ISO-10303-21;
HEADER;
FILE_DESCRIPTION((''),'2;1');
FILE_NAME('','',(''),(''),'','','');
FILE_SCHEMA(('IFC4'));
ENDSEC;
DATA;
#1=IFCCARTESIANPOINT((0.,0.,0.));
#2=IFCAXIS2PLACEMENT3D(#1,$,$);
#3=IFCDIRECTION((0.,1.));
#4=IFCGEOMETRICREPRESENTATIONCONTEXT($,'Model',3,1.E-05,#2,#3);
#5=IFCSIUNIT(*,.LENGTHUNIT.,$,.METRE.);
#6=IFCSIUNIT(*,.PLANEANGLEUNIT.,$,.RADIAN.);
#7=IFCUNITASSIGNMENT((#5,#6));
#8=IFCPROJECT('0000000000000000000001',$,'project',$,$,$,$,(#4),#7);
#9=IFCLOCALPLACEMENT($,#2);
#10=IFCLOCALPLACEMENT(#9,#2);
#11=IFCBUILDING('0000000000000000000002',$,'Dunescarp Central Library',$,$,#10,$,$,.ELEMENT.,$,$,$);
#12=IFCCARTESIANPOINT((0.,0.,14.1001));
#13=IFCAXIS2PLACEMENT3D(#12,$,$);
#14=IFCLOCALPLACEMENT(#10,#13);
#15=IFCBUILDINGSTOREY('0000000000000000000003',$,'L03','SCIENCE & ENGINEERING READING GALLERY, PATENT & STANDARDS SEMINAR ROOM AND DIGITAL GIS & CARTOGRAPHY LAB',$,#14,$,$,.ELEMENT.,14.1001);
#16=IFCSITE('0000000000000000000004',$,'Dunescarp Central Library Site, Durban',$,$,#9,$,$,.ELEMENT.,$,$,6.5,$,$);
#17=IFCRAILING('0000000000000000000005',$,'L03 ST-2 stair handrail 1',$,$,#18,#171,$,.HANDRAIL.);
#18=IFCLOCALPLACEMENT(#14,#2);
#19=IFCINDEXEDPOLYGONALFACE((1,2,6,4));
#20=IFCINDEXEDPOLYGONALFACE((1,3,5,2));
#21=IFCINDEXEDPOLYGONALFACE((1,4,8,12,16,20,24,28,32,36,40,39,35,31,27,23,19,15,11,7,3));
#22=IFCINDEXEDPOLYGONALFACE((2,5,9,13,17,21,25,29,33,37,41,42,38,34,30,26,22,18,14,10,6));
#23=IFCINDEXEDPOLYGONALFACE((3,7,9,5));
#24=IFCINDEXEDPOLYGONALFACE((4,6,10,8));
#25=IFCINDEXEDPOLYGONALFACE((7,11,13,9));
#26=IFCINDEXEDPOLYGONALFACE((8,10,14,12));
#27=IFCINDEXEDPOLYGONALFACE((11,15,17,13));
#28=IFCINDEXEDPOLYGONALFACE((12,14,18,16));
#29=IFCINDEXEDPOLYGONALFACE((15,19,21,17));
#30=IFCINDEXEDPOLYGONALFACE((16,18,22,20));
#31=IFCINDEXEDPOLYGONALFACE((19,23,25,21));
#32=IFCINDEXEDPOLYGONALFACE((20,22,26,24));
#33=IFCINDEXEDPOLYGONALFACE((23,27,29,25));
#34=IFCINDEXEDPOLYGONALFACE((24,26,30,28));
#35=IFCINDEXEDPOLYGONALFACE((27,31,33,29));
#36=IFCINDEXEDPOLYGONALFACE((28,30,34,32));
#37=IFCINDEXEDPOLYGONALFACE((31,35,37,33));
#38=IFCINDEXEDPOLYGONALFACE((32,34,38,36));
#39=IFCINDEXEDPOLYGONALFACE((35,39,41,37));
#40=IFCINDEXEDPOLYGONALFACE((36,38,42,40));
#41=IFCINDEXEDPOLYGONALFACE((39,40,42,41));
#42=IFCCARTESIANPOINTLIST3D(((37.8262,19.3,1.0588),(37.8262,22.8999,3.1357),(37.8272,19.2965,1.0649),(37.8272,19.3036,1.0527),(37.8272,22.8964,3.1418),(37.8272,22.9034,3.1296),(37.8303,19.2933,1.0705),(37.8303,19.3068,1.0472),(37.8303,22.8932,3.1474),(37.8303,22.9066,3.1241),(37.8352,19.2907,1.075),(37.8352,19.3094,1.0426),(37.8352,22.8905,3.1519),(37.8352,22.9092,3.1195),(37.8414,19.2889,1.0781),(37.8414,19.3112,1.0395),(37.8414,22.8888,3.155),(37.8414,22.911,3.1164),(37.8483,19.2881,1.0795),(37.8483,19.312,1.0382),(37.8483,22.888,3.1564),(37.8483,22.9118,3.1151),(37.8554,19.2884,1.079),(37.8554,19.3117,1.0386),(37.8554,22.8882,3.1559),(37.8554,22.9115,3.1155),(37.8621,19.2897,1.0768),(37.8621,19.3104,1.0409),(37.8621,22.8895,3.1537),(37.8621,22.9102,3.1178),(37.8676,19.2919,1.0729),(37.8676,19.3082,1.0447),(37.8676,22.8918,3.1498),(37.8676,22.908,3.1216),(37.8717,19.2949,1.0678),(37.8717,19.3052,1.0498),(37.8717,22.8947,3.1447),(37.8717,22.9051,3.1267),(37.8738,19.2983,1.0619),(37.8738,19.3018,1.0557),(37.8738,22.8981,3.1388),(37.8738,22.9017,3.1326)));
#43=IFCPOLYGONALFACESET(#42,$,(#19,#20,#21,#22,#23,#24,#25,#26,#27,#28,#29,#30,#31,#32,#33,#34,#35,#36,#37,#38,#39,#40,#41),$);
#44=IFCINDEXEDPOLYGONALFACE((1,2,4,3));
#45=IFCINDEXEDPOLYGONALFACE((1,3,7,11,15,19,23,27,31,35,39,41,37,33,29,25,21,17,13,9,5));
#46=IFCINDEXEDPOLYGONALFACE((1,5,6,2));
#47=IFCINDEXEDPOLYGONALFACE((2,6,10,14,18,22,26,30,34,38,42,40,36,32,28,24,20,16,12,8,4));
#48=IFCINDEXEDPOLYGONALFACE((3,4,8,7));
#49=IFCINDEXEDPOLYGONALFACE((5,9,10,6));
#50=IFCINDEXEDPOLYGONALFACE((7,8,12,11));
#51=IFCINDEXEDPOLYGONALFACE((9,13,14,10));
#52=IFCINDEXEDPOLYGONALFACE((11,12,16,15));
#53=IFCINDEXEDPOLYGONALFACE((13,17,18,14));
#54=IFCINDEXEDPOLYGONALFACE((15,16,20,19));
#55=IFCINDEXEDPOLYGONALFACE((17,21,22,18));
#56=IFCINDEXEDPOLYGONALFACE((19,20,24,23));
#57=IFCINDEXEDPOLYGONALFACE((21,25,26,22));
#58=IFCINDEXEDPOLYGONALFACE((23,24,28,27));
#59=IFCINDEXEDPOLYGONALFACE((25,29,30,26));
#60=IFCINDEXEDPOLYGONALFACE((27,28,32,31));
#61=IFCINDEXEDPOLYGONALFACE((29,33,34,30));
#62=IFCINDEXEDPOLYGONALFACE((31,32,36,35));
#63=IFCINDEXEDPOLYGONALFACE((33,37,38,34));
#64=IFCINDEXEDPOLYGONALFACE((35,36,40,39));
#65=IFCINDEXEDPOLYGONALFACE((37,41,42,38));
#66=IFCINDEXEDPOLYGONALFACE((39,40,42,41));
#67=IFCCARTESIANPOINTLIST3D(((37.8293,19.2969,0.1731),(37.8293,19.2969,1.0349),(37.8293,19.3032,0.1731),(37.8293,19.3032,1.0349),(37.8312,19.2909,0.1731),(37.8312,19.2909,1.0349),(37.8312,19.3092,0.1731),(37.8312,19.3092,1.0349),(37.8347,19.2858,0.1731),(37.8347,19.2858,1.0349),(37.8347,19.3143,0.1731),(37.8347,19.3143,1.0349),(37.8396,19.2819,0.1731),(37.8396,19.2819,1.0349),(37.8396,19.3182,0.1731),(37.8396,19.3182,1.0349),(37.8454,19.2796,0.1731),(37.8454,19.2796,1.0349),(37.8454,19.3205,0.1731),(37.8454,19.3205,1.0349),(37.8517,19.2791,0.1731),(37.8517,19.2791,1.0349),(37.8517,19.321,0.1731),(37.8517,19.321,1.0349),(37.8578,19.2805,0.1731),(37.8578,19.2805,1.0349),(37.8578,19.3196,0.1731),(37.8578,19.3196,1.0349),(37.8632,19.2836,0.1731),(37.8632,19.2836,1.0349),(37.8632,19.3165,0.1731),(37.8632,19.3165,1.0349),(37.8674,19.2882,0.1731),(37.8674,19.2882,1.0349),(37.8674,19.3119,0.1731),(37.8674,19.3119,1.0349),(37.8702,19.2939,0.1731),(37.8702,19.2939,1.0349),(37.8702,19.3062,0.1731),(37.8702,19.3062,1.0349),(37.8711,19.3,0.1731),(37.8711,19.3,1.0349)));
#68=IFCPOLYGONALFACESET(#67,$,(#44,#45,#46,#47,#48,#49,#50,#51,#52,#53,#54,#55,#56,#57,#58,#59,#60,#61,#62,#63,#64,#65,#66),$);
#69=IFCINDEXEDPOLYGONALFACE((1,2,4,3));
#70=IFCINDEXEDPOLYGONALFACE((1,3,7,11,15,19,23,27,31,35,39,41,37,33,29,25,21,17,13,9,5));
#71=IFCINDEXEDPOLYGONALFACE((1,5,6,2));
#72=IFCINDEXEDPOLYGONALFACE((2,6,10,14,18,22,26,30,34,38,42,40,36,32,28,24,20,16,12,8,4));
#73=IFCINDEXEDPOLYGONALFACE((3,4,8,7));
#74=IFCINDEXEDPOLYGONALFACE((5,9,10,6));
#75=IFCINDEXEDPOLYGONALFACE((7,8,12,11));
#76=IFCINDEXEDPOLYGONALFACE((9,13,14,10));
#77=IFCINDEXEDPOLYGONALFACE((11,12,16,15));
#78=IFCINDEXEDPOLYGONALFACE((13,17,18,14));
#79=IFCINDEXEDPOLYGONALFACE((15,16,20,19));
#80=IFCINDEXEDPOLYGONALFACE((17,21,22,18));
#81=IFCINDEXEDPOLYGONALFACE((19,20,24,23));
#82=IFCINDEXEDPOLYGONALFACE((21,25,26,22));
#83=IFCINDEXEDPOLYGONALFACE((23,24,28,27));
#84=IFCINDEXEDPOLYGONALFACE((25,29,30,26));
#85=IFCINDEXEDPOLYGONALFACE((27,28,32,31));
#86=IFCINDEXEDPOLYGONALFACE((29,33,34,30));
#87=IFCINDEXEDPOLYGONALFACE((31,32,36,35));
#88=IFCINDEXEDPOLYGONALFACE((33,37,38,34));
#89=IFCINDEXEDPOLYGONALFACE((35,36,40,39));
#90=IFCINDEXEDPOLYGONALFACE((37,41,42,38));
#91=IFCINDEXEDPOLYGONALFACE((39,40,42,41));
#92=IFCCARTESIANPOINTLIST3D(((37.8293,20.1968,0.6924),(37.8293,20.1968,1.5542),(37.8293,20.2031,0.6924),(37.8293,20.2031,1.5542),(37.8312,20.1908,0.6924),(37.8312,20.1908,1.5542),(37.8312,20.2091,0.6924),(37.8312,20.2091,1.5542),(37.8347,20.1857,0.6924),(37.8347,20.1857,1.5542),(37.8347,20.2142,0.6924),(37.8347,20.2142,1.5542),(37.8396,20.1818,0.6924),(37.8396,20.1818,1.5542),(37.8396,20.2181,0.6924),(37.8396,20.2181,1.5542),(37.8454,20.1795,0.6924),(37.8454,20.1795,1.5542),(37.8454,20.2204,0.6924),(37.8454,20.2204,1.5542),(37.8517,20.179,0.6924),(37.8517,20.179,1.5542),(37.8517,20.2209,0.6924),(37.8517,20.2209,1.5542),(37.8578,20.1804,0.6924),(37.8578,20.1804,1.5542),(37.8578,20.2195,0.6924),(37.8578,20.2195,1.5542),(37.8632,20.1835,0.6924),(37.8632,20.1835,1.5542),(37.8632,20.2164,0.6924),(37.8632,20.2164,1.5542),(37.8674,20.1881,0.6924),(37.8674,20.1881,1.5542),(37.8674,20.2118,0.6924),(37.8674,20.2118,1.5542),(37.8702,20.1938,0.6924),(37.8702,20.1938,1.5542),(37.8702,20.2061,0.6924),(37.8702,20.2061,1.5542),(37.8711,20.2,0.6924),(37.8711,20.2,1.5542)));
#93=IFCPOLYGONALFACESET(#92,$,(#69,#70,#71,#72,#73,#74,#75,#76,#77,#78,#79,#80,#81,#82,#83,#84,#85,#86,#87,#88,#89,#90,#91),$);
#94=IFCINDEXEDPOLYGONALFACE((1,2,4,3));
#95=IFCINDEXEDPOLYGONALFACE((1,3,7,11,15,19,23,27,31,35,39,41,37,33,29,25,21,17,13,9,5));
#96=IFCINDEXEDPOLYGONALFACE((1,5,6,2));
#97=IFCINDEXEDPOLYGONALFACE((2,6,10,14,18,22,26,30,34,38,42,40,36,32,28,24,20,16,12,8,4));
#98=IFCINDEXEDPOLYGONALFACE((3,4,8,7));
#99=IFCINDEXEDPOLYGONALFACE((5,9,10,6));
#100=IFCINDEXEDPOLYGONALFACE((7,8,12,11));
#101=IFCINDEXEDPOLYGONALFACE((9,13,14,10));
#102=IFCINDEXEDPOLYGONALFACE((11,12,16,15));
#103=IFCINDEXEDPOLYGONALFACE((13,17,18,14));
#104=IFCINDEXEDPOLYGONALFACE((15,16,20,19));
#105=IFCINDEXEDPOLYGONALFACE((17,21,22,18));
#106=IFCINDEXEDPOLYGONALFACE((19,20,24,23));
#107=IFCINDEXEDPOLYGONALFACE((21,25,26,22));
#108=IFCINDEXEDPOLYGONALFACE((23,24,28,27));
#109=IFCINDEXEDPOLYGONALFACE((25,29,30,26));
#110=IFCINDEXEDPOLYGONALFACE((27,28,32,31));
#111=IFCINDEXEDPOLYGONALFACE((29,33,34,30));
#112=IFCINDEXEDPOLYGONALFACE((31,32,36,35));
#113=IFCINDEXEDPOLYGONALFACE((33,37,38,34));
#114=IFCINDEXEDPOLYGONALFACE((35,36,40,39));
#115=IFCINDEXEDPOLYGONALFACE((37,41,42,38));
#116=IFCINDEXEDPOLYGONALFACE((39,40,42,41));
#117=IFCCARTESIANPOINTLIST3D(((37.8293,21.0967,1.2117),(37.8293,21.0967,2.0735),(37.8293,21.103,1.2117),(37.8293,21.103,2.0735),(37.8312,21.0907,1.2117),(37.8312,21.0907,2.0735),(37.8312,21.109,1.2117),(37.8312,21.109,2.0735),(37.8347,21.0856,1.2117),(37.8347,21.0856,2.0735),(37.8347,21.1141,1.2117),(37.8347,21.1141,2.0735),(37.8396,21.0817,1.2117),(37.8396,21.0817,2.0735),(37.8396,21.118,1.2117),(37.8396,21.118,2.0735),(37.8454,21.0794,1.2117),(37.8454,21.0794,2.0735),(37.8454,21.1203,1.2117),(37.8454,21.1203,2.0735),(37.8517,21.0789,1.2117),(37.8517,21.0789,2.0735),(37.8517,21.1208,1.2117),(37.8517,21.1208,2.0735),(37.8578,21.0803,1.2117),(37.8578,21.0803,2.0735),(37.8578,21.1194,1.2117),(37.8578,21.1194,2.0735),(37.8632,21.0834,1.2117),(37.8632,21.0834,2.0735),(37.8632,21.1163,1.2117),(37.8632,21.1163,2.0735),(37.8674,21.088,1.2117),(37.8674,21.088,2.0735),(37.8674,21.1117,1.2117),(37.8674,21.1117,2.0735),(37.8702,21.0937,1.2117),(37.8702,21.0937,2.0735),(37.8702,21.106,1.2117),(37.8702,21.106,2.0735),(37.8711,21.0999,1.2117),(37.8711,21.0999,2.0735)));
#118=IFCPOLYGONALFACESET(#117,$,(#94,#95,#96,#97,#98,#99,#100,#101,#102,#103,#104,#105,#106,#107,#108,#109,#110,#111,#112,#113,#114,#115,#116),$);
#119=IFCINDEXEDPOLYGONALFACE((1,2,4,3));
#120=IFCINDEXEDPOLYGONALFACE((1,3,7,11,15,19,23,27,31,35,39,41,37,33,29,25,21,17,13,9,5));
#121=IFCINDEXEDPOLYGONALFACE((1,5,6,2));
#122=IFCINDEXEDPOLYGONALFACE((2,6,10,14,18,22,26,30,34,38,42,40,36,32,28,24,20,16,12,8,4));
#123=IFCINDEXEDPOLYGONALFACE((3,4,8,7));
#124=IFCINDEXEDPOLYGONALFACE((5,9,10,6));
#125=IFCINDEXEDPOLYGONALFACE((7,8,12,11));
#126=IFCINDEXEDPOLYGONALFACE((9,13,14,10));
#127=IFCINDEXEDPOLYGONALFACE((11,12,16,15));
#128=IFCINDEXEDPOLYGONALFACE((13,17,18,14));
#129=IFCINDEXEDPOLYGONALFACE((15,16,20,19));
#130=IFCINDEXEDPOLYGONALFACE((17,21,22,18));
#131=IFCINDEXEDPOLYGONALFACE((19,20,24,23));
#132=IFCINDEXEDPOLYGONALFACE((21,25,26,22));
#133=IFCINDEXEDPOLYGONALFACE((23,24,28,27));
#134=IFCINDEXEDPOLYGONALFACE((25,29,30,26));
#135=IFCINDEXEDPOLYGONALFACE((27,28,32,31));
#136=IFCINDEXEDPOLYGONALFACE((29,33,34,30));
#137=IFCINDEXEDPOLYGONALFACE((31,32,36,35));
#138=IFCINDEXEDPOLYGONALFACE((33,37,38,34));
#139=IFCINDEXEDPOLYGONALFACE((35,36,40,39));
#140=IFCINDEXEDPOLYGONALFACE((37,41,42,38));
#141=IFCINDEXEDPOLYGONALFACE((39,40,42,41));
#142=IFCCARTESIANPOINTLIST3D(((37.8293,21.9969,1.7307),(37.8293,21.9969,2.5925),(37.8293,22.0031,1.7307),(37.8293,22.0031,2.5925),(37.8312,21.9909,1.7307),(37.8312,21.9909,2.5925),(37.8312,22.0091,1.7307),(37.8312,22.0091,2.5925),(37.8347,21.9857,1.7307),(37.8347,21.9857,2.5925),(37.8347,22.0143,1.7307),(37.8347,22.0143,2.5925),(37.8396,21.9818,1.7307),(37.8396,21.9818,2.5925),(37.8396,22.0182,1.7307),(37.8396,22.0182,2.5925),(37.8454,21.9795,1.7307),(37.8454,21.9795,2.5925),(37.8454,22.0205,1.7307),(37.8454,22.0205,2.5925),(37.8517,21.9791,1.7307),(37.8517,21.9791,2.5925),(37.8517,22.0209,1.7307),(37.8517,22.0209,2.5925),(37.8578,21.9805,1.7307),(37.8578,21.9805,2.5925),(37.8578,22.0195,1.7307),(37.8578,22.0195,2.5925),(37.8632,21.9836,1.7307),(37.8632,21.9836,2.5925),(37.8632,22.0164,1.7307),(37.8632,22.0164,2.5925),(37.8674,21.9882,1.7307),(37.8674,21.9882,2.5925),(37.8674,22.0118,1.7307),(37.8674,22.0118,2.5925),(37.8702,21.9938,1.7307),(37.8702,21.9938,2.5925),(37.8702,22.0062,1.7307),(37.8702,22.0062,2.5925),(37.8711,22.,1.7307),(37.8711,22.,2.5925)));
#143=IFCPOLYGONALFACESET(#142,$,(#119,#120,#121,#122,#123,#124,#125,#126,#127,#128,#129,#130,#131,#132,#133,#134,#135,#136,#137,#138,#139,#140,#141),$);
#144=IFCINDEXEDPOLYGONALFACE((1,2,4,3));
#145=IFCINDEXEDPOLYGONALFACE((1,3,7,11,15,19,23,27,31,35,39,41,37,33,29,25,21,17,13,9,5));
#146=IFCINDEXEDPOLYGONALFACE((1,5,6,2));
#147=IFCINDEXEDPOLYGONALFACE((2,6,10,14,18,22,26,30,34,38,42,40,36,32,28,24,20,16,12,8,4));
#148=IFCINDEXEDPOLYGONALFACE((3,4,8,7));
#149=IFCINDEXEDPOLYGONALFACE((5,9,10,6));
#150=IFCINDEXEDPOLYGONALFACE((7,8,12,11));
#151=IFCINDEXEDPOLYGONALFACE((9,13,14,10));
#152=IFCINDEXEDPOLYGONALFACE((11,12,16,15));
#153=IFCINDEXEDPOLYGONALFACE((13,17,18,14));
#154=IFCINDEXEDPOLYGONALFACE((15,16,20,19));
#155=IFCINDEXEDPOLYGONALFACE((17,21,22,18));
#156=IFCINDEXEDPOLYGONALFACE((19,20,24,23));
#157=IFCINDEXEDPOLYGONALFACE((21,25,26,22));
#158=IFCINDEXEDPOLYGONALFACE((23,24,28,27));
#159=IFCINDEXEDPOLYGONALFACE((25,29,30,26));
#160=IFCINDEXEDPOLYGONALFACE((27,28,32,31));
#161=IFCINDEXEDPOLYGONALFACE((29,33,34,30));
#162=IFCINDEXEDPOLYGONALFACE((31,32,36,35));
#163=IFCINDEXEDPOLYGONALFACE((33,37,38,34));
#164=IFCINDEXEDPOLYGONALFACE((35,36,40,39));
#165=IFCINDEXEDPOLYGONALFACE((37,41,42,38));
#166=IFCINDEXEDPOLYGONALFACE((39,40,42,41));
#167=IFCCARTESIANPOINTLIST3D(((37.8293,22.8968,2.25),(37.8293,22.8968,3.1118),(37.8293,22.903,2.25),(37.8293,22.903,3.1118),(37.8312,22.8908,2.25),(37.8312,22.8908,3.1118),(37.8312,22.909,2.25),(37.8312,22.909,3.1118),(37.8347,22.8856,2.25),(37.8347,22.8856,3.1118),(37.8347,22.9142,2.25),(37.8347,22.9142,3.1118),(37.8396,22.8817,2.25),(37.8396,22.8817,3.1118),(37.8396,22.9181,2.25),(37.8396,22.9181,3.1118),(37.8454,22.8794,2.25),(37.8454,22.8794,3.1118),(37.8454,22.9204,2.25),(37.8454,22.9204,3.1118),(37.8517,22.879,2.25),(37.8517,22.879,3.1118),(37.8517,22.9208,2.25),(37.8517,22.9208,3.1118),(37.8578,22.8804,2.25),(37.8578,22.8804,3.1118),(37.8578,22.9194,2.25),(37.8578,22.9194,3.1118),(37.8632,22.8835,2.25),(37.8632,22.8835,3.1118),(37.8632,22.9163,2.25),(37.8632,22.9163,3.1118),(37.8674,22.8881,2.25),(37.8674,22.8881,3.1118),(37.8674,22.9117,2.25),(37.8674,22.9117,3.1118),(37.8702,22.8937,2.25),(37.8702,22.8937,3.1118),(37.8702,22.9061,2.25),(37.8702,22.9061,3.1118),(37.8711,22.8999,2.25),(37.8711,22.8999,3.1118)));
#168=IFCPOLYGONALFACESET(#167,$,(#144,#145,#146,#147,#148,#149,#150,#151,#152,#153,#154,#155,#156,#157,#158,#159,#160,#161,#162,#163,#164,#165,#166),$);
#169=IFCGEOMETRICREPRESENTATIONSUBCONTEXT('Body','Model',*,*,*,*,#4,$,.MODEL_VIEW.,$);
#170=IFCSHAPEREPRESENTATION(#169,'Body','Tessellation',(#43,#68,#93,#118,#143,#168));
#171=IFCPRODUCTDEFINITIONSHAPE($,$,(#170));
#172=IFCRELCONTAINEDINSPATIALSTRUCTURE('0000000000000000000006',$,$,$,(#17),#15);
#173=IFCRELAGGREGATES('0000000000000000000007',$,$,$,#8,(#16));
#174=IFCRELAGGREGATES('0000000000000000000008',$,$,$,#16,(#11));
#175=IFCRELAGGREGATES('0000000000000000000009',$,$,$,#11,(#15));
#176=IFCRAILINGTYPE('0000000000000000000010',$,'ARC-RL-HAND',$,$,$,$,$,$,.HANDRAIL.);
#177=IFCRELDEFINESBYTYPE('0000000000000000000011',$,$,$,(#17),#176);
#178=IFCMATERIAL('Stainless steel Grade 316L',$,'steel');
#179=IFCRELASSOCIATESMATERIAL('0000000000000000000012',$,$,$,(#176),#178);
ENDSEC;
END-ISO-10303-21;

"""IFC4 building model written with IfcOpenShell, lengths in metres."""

from ifc_helpers import new_model, si_unit, direction, frame, origin, origin_2d, place, context, subcontext, project, spatial, circle, extrude, material, type_object, element, save


model = new_model("IFC4")

# Units and contexts
model_context = context("Model", 3, precision=1e-05, world=origin(), true_north=direction((0.0, 1.0)))
body_context = subcontext(model_context, "Body", "Model", "MODEL_VIEW")
ifc_project = project(units=[si_unit("LENGTHUNIT", "METRE"), si_unit("PLANEANGLEUNIT", "RADIAN")], contexts=[model_context])

# Site, building, storey
site_placement = place(None, origin())
site = spatial("IfcSite", under=ifc_project, at=site_placement, Name="Dunescarp Central Library Site, Durban", CompositionType="ELEMENT", RefElevation=6.5)
building_placement = place(site_placement, origin())
building = spatial("IfcBuilding", under=site, at=building_placement, Name="Dunescarp Central Library", CompositionType="ELEMENT")
storey_placement = place(building_placement, frame((0.0, 0.0, 14.1001)))
storey = spatial("IfcBuildingStorey", under=building, at=storey_placement, Name="L03", Description="SCIENCE & ENGINEERING READING GALLERY, PATENT & STANDARDS SEMINAR ROOM AND DIGITAL GIS & CARTOGRAPHY LAB", CompositionType="ELEMENT", Elevation=14.1001)

# Railing
ifc_material_1 = material(Name="Stainless steel Grade 316L", Category="steel")
railing_type_1 = type_object("IfcRailingType", Name="ARC-RL-HAND", PredefinedType="HANDRAIL", material=ifc_material_1)
railing_1_placement = place(storey_placement, frame((37.8501, 19.3, 0.1731)))
element("IfcRailing", 1, at=railing_1_placement, inside=storey, type_object=railing_type_1, Name="L03 ST-2 stair handrail 1", PredefinedType="HANDRAIL", context=body_context, shape_type="SweptSolid", body=[
    extrude(circle(Radius=0.0239, at=origin_2d()), frame((0.0, 0.0, 0.8857), z_axis=(0.0, 0.866179, 0.499734), x_axis=(-1.0, 0.0, 0.0)), (0.0, 0.0, 1.0), 4.156),
    extrude(circle(Radius=0.021, at=origin_2d()), origin(), (0.0, 0.0, 1.0), 0.8618),
    extrude(circle(Radius=0.021, at=origin_2d()), frame((0.0, 0.8999, 0.5193)), (0.0, 0.0, 1.0), 0.8618),
    extrude(circle(Radius=0.021, at=origin_2d()), frame((0.0, 1.7998, 1.0386)), (0.0, 0.0, 1.0), 0.8618),
    extrude(circle(Radius=0.021, at=origin_2d()), frame((0.0, 2.7, 1.5576)), (0.0, 0.0, 1.0), 0.8618),
    extrude(circle(Radius=0.021, at=origin_2d()), frame((0.0, 3.5999, 2.0769)), (0.0, 0.0, 1.0), 0.8618),
])

save(model, "model.ifc")
